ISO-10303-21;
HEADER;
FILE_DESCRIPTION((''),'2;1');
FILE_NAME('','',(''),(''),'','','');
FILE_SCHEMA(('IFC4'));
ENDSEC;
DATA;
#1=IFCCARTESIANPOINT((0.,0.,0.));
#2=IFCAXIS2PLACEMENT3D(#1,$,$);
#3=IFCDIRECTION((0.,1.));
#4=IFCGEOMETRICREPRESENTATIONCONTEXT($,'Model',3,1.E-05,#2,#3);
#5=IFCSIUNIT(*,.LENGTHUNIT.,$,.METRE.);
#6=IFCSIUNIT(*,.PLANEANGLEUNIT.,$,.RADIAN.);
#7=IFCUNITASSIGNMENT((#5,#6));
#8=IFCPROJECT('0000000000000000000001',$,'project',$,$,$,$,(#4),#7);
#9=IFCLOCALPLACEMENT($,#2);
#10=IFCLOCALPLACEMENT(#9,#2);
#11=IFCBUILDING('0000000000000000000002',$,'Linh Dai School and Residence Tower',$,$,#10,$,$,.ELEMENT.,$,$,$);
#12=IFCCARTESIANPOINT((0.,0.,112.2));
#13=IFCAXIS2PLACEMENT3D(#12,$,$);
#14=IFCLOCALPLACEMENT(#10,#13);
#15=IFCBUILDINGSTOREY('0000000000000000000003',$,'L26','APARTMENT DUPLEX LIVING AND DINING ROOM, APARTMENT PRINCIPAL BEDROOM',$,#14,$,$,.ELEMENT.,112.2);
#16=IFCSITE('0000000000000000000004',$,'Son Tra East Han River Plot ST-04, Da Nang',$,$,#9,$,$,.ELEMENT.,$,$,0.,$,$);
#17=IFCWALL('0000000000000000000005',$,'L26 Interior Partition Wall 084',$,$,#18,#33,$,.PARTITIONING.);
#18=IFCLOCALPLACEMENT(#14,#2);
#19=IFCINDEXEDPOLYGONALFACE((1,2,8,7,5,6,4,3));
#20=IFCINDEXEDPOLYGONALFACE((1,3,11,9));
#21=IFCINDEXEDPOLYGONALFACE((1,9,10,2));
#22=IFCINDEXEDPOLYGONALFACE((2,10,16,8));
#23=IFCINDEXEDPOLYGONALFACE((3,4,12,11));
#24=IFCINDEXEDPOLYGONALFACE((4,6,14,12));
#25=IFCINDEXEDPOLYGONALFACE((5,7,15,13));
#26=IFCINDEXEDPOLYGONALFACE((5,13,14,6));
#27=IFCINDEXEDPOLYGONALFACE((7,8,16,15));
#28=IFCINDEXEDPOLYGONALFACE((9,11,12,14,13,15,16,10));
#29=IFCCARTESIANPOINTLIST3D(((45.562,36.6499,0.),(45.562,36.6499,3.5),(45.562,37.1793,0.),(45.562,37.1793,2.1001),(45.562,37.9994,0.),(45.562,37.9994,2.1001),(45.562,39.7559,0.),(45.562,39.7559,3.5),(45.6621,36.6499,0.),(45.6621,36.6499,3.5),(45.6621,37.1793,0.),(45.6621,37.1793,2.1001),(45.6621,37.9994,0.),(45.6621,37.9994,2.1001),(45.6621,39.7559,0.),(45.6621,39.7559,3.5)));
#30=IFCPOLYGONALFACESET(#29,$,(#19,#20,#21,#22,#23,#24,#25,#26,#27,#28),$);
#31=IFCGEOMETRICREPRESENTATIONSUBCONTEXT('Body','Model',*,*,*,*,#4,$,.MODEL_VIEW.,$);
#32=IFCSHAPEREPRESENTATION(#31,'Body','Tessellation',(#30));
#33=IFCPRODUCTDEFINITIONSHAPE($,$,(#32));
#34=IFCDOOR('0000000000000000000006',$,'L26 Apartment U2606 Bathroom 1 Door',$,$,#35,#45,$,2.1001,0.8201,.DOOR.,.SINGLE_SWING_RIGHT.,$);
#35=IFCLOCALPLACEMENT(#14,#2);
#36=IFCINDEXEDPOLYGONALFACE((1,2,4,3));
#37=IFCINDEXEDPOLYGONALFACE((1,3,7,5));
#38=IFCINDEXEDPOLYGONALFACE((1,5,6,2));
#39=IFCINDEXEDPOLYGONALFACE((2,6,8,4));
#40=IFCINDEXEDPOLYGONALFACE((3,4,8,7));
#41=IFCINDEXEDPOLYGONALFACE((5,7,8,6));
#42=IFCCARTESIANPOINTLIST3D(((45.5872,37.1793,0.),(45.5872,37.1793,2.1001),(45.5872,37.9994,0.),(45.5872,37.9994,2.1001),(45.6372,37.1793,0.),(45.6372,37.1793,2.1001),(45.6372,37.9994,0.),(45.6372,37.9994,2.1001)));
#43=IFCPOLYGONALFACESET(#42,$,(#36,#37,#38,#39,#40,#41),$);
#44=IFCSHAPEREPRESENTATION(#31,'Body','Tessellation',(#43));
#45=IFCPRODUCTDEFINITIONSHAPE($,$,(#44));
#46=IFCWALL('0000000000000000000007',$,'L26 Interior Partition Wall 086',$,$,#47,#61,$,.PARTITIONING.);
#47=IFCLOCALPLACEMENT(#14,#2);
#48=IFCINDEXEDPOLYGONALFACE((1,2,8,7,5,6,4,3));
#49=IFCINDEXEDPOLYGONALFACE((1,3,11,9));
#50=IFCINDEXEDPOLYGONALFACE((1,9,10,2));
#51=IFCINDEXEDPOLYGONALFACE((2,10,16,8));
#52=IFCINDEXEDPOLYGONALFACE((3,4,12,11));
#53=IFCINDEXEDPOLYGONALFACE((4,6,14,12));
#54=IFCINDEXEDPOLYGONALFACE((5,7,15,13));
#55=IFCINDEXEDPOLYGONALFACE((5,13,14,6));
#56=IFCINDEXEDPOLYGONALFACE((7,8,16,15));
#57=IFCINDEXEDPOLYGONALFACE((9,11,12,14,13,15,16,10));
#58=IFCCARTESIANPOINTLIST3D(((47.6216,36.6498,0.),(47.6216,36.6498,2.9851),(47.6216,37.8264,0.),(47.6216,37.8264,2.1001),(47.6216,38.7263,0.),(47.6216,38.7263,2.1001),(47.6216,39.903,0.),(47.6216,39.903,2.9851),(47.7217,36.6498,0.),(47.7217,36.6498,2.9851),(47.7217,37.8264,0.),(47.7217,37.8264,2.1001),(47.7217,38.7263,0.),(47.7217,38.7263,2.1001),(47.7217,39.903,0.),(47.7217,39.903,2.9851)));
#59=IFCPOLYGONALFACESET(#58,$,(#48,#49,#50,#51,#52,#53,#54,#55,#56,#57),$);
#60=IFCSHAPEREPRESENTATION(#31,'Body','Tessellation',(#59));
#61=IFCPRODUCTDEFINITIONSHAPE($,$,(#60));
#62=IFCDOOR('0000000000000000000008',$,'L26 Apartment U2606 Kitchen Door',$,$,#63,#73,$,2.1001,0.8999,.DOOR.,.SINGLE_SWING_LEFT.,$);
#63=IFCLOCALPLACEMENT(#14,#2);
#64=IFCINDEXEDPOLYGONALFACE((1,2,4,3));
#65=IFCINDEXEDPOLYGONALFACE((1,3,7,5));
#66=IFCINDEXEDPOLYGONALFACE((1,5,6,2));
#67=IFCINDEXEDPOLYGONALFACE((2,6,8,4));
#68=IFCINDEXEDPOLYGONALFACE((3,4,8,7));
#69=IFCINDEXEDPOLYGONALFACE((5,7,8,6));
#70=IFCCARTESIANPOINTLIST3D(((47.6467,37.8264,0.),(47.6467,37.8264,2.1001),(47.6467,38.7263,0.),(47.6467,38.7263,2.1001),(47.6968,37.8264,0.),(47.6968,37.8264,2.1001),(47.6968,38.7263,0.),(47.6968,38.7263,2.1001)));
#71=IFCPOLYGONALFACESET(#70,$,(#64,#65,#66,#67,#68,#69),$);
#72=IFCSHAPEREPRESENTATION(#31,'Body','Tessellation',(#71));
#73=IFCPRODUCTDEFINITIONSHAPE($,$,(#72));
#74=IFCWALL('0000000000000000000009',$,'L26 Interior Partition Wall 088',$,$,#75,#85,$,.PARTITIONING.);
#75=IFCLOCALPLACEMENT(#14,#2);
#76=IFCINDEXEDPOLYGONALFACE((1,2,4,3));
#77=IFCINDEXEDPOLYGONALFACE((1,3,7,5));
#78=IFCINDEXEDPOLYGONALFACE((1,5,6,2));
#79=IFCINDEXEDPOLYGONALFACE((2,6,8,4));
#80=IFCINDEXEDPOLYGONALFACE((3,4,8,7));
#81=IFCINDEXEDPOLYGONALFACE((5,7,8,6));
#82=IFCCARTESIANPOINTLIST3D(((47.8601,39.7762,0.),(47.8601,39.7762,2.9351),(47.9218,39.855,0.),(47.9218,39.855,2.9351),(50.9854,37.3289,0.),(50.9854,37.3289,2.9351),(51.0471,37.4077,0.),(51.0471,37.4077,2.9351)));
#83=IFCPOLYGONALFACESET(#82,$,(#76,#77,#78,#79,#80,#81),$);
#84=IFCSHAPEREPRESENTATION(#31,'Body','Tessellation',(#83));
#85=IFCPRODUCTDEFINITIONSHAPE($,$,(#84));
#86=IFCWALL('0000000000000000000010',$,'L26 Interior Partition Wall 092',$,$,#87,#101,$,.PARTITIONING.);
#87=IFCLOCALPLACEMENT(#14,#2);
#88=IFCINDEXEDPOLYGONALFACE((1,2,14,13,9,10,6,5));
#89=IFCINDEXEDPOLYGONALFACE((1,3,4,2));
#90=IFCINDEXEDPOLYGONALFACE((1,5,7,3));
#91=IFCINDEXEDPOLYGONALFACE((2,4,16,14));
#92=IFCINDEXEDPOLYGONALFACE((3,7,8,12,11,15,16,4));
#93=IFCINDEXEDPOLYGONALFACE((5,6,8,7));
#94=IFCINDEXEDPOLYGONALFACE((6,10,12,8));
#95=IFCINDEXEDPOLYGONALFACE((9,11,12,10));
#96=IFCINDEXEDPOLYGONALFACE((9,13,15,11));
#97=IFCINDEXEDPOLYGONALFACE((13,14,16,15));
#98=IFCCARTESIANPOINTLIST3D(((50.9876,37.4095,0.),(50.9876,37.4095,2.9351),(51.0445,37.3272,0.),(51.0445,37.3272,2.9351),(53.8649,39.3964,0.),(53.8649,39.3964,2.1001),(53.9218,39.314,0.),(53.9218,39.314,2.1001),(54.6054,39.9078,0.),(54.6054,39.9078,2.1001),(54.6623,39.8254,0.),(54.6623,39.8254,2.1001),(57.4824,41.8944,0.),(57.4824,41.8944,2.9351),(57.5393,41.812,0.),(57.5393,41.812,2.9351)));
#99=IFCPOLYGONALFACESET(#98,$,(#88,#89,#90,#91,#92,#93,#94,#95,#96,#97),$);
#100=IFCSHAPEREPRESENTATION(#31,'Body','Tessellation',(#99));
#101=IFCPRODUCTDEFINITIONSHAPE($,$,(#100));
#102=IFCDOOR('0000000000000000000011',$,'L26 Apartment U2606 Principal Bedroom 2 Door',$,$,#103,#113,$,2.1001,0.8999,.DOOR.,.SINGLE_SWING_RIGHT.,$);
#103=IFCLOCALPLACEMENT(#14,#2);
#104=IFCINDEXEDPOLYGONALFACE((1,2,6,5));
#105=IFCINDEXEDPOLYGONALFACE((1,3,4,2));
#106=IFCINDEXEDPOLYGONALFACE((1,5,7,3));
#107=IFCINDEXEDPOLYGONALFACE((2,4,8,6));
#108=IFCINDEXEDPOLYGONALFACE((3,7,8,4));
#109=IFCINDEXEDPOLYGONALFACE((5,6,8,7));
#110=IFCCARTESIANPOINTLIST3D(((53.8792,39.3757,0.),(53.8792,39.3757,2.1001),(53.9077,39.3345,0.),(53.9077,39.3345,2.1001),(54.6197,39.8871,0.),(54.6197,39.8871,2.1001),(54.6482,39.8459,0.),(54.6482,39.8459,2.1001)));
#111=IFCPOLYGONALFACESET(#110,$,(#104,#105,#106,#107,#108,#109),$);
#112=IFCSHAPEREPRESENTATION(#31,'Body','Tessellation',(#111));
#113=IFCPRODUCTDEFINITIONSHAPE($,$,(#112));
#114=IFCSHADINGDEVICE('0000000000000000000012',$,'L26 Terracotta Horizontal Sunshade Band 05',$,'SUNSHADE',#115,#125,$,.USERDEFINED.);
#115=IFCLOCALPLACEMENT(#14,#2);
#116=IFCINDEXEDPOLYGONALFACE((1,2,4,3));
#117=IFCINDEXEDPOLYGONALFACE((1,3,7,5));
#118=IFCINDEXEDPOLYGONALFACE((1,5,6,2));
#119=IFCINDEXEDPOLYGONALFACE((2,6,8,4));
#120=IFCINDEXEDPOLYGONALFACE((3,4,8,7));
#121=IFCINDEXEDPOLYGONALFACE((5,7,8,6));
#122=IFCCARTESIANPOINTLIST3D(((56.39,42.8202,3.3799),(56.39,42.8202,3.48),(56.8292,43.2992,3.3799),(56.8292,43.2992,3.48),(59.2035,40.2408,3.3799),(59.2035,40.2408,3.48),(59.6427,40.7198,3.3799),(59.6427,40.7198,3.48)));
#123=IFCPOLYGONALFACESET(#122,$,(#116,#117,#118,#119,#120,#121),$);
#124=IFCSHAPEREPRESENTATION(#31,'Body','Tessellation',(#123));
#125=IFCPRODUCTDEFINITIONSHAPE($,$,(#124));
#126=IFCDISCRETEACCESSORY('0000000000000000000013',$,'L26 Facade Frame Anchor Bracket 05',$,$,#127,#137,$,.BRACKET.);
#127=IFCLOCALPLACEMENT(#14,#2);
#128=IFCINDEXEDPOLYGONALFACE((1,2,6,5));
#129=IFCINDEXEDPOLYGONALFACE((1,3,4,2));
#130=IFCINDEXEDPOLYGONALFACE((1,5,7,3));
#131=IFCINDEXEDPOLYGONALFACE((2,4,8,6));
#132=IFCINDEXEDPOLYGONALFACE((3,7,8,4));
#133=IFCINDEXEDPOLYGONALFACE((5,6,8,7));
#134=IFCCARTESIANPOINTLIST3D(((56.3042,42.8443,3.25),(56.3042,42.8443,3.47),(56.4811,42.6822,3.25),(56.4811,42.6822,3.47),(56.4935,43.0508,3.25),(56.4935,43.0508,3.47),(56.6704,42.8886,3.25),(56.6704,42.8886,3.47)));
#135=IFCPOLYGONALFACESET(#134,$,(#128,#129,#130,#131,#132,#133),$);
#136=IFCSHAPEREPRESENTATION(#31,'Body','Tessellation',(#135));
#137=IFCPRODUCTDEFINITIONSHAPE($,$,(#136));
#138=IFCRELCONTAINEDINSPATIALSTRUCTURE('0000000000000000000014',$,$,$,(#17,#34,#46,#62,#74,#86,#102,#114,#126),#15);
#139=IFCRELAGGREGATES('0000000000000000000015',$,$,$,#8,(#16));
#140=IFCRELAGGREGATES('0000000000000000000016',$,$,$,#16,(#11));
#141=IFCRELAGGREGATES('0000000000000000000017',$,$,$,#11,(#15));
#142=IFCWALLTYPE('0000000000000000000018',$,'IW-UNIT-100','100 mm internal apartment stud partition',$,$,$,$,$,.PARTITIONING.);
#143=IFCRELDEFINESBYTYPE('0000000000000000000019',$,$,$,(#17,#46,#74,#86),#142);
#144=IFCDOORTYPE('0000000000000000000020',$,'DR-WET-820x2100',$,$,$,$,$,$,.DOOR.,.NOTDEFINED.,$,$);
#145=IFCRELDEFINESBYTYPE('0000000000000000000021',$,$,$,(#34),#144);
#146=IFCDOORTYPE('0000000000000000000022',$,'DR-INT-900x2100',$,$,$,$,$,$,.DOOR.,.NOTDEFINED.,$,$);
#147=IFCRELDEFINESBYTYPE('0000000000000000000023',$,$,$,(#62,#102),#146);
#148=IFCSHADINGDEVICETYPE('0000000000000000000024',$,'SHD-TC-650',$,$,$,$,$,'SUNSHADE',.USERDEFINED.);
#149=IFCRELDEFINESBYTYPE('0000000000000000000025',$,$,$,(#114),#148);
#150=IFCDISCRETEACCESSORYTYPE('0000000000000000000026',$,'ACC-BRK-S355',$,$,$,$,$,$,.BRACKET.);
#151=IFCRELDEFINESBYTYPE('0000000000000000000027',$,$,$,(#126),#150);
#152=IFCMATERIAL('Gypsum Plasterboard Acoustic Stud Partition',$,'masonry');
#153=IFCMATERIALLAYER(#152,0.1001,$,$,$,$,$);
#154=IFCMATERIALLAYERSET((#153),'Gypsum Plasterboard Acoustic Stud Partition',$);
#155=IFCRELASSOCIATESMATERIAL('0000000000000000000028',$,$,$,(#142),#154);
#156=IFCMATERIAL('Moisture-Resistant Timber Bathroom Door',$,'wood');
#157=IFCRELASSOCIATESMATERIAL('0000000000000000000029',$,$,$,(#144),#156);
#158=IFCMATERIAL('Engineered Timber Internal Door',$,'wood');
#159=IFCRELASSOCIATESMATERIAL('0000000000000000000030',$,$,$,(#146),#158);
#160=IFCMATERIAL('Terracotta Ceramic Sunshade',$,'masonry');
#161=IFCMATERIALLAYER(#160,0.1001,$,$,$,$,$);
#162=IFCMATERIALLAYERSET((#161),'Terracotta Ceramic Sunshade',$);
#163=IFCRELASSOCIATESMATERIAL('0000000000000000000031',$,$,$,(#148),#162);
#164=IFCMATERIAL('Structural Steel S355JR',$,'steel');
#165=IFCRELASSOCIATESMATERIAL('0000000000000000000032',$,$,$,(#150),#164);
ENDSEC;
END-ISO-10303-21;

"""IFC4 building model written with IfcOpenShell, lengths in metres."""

from ifc_helpers import new_model, si_unit, direction, frame, frame_2d, origin, origin_2d, place, context, subcontext, project, spatial, rectangle, extrude, source, transform, mapped, material, layer, layer_set, type_object, element, fill, save


model = new_model("IFC4")

# Units and contexts
model_context = context("Model", 3, precision=1e-05, world=origin(), true_north=direction((0.0, 1.0)))
body_context = subcontext(model_context, "Body", "Model", "MODEL_VIEW")
ifc_project = project(units=[si_unit("LENGTHUNIT", "METRE"), si_unit("PLANEANGLEUNIT", "RADIAN")], contexts=[model_context])

# Site, building, storey
site_placement = place(None, origin())
site = spatial("IfcSite", under=ifc_project, at=site_placement, Name="Son Tra East Han River Plot ST-04, Da Nang", CompositionType="ELEMENT", RefElevation=0.0)
building_placement = place(site_placement, origin())
building = spatial("IfcBuilding", under=site, at=building_placement, Name="Linh Dai School and Residence Tower", CompositionType="ELEMENT")
storey_placement = place(building_placement, frame((0.0, 0.0, 112.2)))
storey = spatial("IfcBuildingStorey", under=building, at=storey_placement, Name="L26", Description="APARTMENT DUPLEX LIVING AND DINING ROOM, APARTMENT PRINCIPAL BEDROOM", CompositionType="ELEMENT", Elevation=112.2)

# Shared definitions
ifc_material_1 = material(Name="Structural Steel S355JR", Category="steel")

# Walls, openings, doors
ifc_material_2 = material(Name="Gypsum Plasterboard Acoustic Stud Partition", Category="masonry")
ifc_layer_1 = layer(ifc_material_2, 0.1001)
ifc_layer_set_1 = layer_set([ifc_layer_1], Name="Gypsum Plasterboard Acoustic Stud Partition")
wall_type_1 = type_object("IfcWallType", Name="IW-UNIT-100", Description="100 mm internal apartment stud partition", PredefinedType="PARTITIONING", material=ifc_layer_set_1)
wall_1_placement = place(storey_placement, frame((45.6121, 36.6499, 0.0), z_axis=(0.0, 0.0, 1.0), x_axis=(0.0, 1.0, 0.0)))
wall_1 = element("IfcWall", 1, at=wall_1_placement, inside=storey, type_object=wall_type_1, Name="L26 Interior Partition Wall 084", PredefinedType="PARTITIONING", context=body_context, shape_type="SweptSolid", body=[
    extrude(rectangle(XDim=3.106, YDim=0.1001, at=frame_2d((1.553, 0.0))), origin(), (0.0, 0.0, 1.0), 3.5),
])
opening_1_placement = place(wall_1_placement, frame((0.5293, 0.0, 0.0)))
opening_1 = element("IfcOpeningElement", 2, at=opening_1_placement, cuts=wall_1, PredefinedType="OPENING", context=body_context, shape_type="SweptSolid", body=[
    extrude(rectangle(XDim=0.8201, YDim=2.1001, at=origin_2d()), frame((0.4102, 0.0601, 1.05), z_axis=(0.0, -1.0, 0.0), x_axis=(1.0, 0.0, 0.0)), (0.0, 0.0, 1.0), 0.1201),
])
ifc_material_3 = material(Name="Moisture-Resistant Timber Bathroom Door", Category="wood")
door_type_1 = type_object("IfcDoorType", Name="DR-WET-820x2100", OperationType="NOTDEFINED", PredefinedType="DOOR", material=ifc_material_3)
shared_shape_1 = source(origin(), body_context, "Body", "SweptSolid", [
    extrude(rectangle(XDim=0.8201, YDim=2.1001, at=origin_2d()), frame((0.4102, 0.0249, 1.05), z_axis=(0.0, -1.0, 0.0), x_axis=(1.0, 0.0, 0.0)), (0.0, 0.0, 1.0), 0.05),
])
door_1_placement = place(opening_1_placement, origin())
door_1 = element("IfcDoor", 3, at=door_1_placement, inside=storey, type_object=door_type_1, Name="L26 Apartment U2606 Bathroom 1 Door", OperationType="SINGLE_SWING_RIGHT", OverallHeight=2.1001, OverallWidth=0.8201, PredefinedType="DOOR", context=body_context, shape_type="MappedRepresentation", body=[
    mapped(shared_shape_1, transform((0.0, 0.0, 0.0), x_axis=(1.0, 0.0, 0.0), y_axis=(0.0, 1.0, 0.0), z_axis=(0.0, 0.0, 1.0), scale=1.0)),
])
fill(opening_1, door_1)
wall_2_placement = place(storey_placement, frame((47.6716, 36.6499, 0.0), z_axis=(0.0, 0.0, 1.0), x_axis=(0.0, 1.0, 0.0)))
wall_2 = element("IfcWall", 4, at=wall_2_placement, inside=storey, type_object=wall_type_1, Name="L26 Interior Partition Wall 086", PredefinedType="PARTITIONING", context=body_context, shape_type="SweptSolid", body=[
    extrude(rectangle(XDim=3.2532, YDim=0.1001, at=frame_2d((1.6265, 0.0))), origin(), (0.0, 0.0, 1.0), 2.9851),
])
opening_2_placement = place(wall_2_placement, frame((1.1765, 0.0, 0.0)))
opening_2 = element("IfcOpeningElement", 5, at=opening_2_placement, cuts=wall_2, PredefinedType="OPENING", context=body_context, shape_type="SweptSolid", body=[
    extrude(rectangle(XDim=0.8999, YDim=2.1001, at=origin_2d()), frame((0.45, 0.0601, 1.05), z_axis=(0.0, -1.0, 0.0), x_axis=(1.0, 0.0, 0.0)), (0.0, 0.0, 1.0), 0.1201),
])
ifc_material_4 = material(Name="Engineered Timber Internal Door", Category="wood")
door_type_2 = type_object("IfcDoorType", Name="DR-INT-900x2100", OperationType="NOTDEFINED", PredefinedType="DOOR", material=ifc_material_4)
shared_shape_2 = source(origin(), body_context, "Body", "SweptSolid", [
    extrude(rectangle(XDim=0.8999, YDim=2.1001, at=origin_2d()), frame((0.45, 0.0249, 1.05), z_axis=(0.0, -1.0, 0.0), x_axis=(1.0, 0.0, 0.0)), (0.0, 0.0, 1.0), 0.05),
])
door_2_placement = place(opening_2_placement, origin())
door_2 = element("IfcDoor", 6, at=door_2_placement, inside=storey, type_object=door_type_2, Name="L26 Apartment U2606 Kitchen Door", OperationType="SINGLE_SWING_LEFT", OverallHeight=2.1001, OverallWidth=0.8999, PredefinedType="DOOR", context=body_context, shape_type="MappedRepresentation", body=[
    mapped(shared_shape_2, transform((0.0, 0.0, 0.0), x_axis=(1.0, 0.0, 0.0), y_axis=(0.0, 1.0, 0.0), z_axis=(0.0, 0.0, 1.0), scale=1.0)),
])
fill(opening_2, door_2)

# Wall
wall_3_placement = place(storey_placement, frame((47.8909, 39.8157, 0.0), z_axis=(0.0, 0.0, 1.0), x_axis=(0.787331, -0.61653, 0.0)))
element("IfcWall", 7, at=wall_3_placement, inside=storey, type_object=wall_type_1, Name="L26 Interior Partition Wall 088", PredefinedType="PARTITIONING", context=body_context, shape_type="SweptSolid", body=[
    extrude(rectangle(XDim=3.9695, YDim=0.1001, at=frame_2d((1.9849, 0.0))), origin(), (0.0, 0.0, 1.0), 2.9351),
])

# Wall, opening, door
wall_4_placement = place(storey_placement, frame((51.0161, 37.3684, 0.0), z_axis=(0.0, 0.0, 1.0), x_axis=(0.822879, 0.568217, 0.0)))
wall_4 = element("IfcWall", 8, at=wall_4_placement, inside=storey, type_object=wall_type_1, Name="L26 Interior Partition Wall 092", PredefinedType="PARTITIONING", context=body_context, shape_type="SweptSolid", body=[
    extrude(rectangle(XDim=7.8928, YDim=0.1001, at=frame_2d((3.9463, 0.0))), origin(), (0.0, 0.0, 1.0), 2.9351),
])
opening_3_placement = place(wall_4_placement, frame((3.4966, 0.0, 0.0)))
opening_3 = element("IfcOpeningElement", 9, at=opening_3_placement, cuts=wall_4, PredefinedType="OPENING", context=body_context, shape_type="SweptSolid", body=[
    extrude(rectangle(XDim=0.8999, YDim=2.1001, at=origin_2d()), frame((0.45, 0.0601, 1.05), z_axis=(0.0, -1.0, 0.0), x_axis=(1.0, 0.0, 0.0)), (0.0, 0.0, 1.0), 0.1201),
])
door_3_placement = place(opening_3_placement, origin())
door_3 = element("IfcDoor", 10, at=door_3_placement, inside=storey, type_object=door_type_2, Name="L26 Apartment U2606 Principal Bedroom 2 Door", OperationType="SINGLE_SWING_RIGHT", OverallHeight=2.1001, OverallWidth=0.8999, PredefinedType="DOOR", context=body_context, shape_type="MappedRepresentation", body=[
    mapped(shared_shape_2, transform((0.0, 0.0, 0.0), x_axis=(1.0, 0.0, 0.0), y_axis=(0.0, 1.0, 0.0), z_axis=(0.0, 0.0, 1.0), scale=1.0)),
])
fill(opening_3, door_3)

# Shading device
ifc_material_5 = material(Name="Terracotta Ceramic Sunshade", Category="masonry")
ifc_layer_2 = layer(ifc_material_5, 0.1001)
ifc_layer_set_2 = layer_set([ifc_layer_2], Name="Terracotta Ceramic Sunshade")
shading_device_type = type_object("IfcShadingDeviceType", Name="SHD-TC-650", ElementType="SUNSHADE", PredefinedType="USERDEFINED", material=ifc_layer_set_2)
shared_shape_3 = source(origin(), body_context, "Body", "SweptSolid", [
    extrude(rectangle(XDim=3.8169, YDim=0.6499, at=origin_2d()), origin(), (0.0, 0.0, 1.0), 0.1001),
])
shading_device_placement = place(storey_placement, frame((58.0164, 41.77, 3.3799), z_axis=(0.0, 0.0, 1.0), x_axis=(0.7371, -0.675783, 0.0)))
element("IfcShadingDevice", 11, at=shading_device_placement, inside=storey, type_object=shading_device_type, Name="L26 Terracotta Horizontal Sunshade Band 05", ObjectType="SUNSHADE", PredefinedType="USERDEFINED", context=body_context, shape_type="MappedRepresentation", body=[
    mapped(shared_shape_3, transform((0.0, 0.0, 0.0), x_axis=(1.0, 0.0, 0.0), y_axis=(0.0, 1.0, 0.0), z_axis=(0.0, 0.0, 1.0), scale=1.0)),
])

# Discrete accessory
discrete_accessory_type = type_object("IfcDiscreteAccessoryType", Name="ACC-BRK-S355", PredefinedType="BRACKET", material=ifc_material_1)
shared_shape_4 = source(origin(), body_context, "Body", "SweptSolid", [
    extrude(rectangle(XDim=0.28, YDim=0.24, at=origin_2d()), origin(), (0.0, 0.0, 1.0), 0.22),
])
discrete_accessory_placement = place(storey_placement, frame((56.4873, 42.8665, 3.25), z_axis=(0.0, 0.0, 1.0), x_axis=(0.675783, 0.7371, 0.0)))
element("IfcDiscreteAccessory", 12, at=discrete_accessory_placement, inside=storey, type_object=discrete_accessory_type, Name="L26 Facade Frame Anchor Bracket 05", PredefinedType="BRACKET", context=body_context, shape_type="MappedRepresentation", body=[
    mapped(shared_shape_4, transform((0.0, 0.0, 0.0), x_axis=(1.0, 0.0, 0.0), y_axis=(0.0, 1.0, 0.0), z_axis=(0.0, 0.0, 1.0), scale=1.0)),
])

save(model, "model.ifc")
